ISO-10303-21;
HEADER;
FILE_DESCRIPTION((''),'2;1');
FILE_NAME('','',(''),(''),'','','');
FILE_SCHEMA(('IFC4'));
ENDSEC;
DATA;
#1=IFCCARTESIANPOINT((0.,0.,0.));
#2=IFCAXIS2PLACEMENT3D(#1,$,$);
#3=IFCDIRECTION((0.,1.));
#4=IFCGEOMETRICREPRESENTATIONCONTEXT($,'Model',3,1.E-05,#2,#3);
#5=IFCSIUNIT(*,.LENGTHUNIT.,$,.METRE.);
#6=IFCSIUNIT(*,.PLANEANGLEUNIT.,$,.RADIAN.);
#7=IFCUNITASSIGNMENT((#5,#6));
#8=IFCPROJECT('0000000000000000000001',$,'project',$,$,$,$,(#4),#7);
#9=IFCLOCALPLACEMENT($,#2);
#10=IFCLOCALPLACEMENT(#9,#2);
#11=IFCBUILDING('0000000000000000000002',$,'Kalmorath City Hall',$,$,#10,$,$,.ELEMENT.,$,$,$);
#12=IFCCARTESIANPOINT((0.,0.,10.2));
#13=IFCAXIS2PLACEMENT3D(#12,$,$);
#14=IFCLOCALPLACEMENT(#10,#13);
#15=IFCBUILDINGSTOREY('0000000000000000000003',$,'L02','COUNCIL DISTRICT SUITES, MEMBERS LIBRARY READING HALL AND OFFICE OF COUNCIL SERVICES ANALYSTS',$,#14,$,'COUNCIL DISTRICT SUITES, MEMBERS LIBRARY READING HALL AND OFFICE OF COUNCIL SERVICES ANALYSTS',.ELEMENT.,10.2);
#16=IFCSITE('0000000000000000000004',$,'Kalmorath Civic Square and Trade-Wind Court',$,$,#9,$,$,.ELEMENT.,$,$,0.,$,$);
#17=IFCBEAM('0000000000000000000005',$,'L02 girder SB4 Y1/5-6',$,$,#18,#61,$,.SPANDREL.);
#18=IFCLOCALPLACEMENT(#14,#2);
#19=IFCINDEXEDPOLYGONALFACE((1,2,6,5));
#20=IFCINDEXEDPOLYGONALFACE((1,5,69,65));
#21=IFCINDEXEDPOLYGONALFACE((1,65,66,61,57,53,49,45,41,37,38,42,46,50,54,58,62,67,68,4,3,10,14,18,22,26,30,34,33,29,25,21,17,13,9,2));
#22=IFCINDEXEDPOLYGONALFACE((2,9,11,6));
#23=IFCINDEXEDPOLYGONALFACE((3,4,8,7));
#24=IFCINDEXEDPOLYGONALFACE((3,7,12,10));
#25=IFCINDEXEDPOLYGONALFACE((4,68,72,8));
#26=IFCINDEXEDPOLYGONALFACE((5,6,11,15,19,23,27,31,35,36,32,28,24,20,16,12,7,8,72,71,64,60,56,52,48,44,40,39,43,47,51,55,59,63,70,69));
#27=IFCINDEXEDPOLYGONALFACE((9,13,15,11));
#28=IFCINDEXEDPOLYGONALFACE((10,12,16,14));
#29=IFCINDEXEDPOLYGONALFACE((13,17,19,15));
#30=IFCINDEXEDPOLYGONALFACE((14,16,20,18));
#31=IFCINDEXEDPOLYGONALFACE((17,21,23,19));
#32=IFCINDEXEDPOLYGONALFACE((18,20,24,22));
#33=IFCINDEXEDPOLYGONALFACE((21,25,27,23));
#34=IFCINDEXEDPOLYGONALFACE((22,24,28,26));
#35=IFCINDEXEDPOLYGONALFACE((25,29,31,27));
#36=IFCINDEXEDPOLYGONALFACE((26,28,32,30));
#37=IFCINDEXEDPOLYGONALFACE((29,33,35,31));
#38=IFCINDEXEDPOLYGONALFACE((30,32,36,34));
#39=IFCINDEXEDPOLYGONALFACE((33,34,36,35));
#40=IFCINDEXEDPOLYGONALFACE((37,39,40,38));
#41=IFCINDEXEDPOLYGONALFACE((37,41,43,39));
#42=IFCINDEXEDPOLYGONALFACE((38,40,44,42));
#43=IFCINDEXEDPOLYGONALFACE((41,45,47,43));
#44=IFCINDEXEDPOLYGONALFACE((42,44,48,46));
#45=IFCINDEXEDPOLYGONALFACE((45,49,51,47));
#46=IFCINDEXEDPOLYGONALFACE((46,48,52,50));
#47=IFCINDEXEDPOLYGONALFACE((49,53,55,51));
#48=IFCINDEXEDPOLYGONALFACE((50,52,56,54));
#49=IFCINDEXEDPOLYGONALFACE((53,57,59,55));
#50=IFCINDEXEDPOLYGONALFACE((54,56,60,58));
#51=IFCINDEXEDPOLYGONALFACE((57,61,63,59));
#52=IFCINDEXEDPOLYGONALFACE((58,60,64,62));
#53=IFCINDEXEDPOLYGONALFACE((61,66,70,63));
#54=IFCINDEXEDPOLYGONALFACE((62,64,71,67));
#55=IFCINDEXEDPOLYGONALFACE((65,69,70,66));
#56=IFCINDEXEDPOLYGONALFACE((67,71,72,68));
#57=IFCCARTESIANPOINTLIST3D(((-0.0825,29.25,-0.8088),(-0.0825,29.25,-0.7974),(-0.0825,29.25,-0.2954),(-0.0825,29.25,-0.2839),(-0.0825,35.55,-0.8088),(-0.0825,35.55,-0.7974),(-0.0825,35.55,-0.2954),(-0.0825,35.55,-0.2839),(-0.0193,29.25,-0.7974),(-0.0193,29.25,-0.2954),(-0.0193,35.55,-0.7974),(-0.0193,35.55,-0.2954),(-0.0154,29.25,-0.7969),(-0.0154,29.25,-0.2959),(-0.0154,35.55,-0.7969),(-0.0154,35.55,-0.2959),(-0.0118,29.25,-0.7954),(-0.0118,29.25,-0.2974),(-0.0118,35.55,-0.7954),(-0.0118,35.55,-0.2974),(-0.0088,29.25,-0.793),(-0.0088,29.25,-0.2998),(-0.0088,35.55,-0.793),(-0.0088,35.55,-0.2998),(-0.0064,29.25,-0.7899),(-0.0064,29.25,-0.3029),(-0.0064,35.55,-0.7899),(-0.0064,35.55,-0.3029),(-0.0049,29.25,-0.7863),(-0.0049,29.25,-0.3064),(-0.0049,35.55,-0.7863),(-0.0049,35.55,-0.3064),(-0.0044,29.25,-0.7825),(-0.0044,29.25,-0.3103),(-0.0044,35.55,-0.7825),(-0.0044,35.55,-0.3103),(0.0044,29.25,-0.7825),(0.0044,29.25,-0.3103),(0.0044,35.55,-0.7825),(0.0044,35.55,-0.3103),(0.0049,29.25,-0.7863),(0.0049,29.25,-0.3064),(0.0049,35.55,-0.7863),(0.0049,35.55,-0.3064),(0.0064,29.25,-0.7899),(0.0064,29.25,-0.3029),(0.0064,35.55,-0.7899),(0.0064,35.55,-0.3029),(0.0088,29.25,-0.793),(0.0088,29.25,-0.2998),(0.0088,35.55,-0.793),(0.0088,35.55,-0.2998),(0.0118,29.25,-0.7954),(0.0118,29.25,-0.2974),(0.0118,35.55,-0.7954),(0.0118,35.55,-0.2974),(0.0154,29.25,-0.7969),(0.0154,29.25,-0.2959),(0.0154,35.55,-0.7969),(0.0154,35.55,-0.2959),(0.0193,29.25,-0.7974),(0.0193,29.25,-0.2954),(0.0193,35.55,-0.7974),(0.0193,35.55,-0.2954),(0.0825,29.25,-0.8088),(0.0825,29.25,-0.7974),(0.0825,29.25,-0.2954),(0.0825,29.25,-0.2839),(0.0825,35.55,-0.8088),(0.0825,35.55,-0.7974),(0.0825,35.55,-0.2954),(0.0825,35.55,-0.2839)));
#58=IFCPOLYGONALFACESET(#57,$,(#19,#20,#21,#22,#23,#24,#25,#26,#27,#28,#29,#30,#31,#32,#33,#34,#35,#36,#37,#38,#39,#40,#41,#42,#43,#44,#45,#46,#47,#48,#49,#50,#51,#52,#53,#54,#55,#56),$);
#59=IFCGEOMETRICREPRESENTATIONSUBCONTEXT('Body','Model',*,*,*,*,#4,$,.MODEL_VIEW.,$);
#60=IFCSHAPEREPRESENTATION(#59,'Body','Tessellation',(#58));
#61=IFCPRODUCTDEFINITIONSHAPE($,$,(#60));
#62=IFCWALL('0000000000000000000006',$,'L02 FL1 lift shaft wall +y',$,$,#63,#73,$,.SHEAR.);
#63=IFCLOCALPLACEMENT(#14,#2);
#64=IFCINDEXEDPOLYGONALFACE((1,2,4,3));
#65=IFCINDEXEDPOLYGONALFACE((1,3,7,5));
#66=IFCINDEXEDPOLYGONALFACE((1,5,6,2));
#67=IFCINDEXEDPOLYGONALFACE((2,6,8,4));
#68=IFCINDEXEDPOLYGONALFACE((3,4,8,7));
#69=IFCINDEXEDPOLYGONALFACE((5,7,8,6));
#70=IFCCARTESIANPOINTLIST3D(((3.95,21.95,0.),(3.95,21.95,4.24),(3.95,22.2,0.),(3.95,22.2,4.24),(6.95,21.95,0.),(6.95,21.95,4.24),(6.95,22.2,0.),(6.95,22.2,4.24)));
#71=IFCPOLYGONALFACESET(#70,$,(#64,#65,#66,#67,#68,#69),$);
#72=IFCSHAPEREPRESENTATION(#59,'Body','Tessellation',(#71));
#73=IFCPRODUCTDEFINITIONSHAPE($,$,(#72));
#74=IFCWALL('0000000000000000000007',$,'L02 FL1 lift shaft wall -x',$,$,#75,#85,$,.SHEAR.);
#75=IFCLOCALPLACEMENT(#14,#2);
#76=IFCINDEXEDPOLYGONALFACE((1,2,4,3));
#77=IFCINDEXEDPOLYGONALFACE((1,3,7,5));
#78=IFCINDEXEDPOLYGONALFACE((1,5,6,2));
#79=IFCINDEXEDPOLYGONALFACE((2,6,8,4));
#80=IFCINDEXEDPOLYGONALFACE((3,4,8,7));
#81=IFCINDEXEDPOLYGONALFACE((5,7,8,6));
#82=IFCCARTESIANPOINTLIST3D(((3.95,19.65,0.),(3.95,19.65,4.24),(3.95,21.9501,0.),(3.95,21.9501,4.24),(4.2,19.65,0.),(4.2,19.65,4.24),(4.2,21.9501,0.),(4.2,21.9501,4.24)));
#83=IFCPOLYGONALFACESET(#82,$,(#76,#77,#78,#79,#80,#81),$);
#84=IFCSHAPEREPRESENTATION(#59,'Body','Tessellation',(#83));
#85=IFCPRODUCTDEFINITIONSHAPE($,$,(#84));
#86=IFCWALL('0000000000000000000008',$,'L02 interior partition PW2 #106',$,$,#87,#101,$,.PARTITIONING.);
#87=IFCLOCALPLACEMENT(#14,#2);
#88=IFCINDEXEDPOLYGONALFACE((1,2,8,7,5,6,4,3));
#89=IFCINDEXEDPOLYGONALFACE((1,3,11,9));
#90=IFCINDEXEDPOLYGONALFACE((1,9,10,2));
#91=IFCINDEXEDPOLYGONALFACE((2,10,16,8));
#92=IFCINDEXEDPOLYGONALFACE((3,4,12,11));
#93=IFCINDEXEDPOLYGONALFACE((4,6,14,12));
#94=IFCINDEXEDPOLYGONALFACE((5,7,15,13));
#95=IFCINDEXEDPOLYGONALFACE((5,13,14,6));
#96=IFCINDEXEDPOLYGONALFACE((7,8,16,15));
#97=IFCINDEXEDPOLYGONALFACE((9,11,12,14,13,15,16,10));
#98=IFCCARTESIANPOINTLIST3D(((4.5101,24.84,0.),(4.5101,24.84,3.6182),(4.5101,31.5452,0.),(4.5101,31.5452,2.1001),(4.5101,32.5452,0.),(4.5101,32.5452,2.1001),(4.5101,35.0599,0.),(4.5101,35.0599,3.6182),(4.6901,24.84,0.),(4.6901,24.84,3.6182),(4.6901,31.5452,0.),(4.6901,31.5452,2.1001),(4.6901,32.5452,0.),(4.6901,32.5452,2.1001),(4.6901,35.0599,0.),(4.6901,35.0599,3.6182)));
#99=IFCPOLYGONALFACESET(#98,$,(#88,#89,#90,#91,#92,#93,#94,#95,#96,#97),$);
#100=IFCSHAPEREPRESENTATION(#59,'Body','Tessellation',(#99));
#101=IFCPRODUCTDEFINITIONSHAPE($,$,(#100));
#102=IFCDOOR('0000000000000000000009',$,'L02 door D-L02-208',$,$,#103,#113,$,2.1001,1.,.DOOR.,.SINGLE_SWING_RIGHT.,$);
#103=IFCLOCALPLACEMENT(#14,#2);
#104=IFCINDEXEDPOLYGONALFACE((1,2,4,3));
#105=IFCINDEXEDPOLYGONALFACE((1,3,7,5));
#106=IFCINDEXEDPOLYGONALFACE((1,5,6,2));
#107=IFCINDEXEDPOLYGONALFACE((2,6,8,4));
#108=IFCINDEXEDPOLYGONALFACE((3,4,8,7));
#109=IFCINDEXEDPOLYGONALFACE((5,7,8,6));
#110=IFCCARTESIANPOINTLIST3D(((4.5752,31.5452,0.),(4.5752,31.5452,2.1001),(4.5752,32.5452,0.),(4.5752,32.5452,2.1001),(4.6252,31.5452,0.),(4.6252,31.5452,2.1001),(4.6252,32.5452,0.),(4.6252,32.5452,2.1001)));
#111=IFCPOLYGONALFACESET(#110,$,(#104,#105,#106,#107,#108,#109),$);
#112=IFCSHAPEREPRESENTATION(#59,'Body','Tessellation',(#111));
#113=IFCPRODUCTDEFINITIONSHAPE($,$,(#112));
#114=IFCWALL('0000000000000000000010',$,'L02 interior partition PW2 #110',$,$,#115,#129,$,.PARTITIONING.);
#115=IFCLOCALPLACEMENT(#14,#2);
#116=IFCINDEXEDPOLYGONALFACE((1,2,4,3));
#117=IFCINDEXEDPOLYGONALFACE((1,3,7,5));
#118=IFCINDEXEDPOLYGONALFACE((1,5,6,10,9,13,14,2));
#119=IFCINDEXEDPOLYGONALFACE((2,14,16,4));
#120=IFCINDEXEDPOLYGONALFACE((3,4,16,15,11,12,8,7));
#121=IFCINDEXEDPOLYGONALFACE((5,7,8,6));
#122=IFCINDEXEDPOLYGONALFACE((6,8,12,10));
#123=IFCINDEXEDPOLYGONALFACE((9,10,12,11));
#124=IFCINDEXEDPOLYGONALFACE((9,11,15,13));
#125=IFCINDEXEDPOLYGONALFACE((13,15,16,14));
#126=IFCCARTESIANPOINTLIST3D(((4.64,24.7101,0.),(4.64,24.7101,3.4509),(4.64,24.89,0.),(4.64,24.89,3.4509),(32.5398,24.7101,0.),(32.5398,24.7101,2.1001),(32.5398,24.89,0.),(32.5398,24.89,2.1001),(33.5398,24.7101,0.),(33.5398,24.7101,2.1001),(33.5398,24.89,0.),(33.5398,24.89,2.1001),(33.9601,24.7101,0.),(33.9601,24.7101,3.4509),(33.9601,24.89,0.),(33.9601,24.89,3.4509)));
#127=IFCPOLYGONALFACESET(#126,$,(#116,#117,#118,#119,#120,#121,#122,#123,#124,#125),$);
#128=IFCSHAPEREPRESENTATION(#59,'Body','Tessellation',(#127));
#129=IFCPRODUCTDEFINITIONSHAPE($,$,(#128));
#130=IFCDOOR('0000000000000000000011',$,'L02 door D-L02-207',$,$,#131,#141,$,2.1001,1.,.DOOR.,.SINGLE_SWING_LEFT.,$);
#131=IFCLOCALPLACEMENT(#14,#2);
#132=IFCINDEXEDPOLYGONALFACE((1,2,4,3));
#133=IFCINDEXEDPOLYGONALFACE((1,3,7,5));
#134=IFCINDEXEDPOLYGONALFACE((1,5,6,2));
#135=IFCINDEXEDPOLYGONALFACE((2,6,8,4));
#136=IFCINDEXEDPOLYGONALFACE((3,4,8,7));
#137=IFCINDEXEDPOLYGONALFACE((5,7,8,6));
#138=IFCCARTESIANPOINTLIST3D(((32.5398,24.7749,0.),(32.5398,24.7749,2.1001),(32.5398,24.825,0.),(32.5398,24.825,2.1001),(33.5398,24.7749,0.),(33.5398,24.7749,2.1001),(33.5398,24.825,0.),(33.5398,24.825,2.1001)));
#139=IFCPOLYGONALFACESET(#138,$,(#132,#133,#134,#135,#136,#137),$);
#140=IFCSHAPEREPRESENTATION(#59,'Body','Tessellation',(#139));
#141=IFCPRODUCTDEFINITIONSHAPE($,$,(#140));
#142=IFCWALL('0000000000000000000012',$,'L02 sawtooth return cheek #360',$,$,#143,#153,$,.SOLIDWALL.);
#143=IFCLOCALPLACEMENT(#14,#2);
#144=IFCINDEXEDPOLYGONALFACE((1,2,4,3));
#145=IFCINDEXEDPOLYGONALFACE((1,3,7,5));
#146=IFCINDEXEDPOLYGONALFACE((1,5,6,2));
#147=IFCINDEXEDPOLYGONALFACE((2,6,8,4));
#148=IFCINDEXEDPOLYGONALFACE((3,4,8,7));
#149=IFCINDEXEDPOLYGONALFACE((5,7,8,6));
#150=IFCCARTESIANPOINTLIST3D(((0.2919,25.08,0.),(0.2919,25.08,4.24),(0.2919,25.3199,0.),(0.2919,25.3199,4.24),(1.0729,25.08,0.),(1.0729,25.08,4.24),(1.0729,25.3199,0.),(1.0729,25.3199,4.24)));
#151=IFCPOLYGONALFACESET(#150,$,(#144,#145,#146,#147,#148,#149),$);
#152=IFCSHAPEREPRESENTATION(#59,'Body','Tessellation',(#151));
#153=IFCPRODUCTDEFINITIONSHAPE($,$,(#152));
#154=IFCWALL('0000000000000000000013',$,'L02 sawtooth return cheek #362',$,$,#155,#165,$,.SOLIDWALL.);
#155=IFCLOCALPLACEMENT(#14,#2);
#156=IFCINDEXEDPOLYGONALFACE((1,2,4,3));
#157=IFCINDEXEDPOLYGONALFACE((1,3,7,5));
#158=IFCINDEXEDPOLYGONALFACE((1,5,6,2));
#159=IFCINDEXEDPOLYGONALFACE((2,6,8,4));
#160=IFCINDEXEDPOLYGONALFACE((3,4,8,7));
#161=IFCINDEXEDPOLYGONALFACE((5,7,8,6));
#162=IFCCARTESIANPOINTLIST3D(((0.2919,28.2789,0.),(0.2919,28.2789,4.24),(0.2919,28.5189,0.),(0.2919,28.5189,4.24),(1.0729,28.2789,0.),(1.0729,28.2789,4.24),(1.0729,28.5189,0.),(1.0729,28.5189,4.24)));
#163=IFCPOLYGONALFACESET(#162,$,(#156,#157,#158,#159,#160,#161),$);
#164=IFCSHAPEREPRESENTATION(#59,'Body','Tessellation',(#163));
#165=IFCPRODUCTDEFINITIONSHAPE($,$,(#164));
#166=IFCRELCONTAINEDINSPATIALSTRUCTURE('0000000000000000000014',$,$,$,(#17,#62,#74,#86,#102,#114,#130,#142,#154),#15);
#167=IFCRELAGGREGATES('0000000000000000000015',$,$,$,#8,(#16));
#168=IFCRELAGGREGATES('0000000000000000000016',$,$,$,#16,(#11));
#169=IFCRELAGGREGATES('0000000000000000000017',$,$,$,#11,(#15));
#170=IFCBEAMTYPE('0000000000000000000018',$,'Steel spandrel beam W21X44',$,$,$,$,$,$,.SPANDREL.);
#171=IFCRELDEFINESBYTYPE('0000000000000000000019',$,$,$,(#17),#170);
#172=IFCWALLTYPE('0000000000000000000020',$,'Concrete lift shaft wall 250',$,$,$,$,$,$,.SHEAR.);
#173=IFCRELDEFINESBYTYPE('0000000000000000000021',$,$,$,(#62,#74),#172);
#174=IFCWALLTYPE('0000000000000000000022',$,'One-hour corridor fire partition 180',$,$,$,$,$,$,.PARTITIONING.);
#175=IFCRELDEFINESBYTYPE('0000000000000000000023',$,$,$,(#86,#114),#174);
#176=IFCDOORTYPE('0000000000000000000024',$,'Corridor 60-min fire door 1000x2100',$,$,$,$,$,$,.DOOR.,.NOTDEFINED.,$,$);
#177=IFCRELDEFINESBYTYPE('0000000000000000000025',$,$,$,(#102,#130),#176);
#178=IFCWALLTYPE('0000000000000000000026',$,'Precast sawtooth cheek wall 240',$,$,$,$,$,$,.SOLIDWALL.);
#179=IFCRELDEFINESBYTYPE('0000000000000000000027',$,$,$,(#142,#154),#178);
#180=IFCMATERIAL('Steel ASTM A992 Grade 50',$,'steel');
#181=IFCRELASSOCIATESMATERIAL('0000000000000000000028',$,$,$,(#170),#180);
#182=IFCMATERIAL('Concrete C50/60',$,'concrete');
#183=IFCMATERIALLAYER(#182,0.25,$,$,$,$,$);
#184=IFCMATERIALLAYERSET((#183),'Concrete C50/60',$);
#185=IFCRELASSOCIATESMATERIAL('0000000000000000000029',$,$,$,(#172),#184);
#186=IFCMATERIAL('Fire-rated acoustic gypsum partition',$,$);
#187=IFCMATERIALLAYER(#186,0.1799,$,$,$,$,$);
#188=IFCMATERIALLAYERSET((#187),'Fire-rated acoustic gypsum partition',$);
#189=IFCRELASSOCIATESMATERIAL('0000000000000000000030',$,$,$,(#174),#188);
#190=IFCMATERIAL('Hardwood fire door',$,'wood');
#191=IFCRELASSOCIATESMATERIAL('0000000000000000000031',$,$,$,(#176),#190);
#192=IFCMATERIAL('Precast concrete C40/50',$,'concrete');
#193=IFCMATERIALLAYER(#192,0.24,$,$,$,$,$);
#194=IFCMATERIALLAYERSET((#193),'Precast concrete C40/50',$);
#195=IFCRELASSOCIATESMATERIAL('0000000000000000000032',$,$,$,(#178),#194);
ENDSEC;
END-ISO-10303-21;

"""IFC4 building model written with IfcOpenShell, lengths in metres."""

from ifc_helpers import new_model, si_unit, direction, frame, frame_2d, origin, origin_2d, place, context, subcontext, project, spatial, rectangle, i_section, extrude, material, layer, layer_set, material_profile, profile_set, type_object, element, fill, save


model = new_model("IFC4")

# Units and contexts
model_context = context("Model", 3, precision=1e-05, world=origin(), true_north=direction((0.0, 1.0)))
body_context = subcontext(model_context, "Body", "Model", "MODEL_VIEW")
ifc_project = project(units=[si_unit("LENGTHUNIT", "METRE"), si_unit("PLANEANGLEUNIT", "RADIAN")], contexts=[model_context])

# Site, building, storey
site_placement = place(None, origin())
site = spatial("IfcSite", under=ifc_project, at=site_placement, Name="Kalmorath Civic Square and Trade-Wind Court", CompositionType="ELEMENT", RefElevation=0.0)
building_placement = place(site_placement, origin())
building = spatial("IfcBuilding", under=site, at=building_placement, Name="Kalmorath City Hall", CompositionType="ELEMENT")
storey_placement = place(building_placement, frame((0.0, 0.0, 10.2)))
storey = spatial("IfcBuildingStorey", under=building, at=storey_placement, Name="L02", Description="COUNCIL DISTRICT SUITES, MEMBERS LIBRARY READING HALL AND OFFICE OF COUNCIL SERVICES ANALYSTS", LongName="COUNCIL DISTRICT SUITES, MEMBERS LIBRARY READING HALL AND OFFICE OF COUNCIL SERVICES ANALYSTS", CompositionType="ELEMENT", Elevation=10.2)

# Beam
ifc_material_1 = material(Name="Steel ASTM A992 Grade 50", Category="steel")
ifc_material_profile_1 = material_profile(ifc_material_1, i_section(OverallWidth=0.165, OverallDepth=0.5249, WebThickness=0.0088, FlangeThickness=0.0115, FilletRadius=0.0149, at=origin_2d()), Name="W21X44")
ifc_profile_set_1 = profile_set([ifc_material_profile_1], Name="Steel ASTM A992 Grade 50")
beam_type_1 = type_object("IfcBeamType", Name="Steel spandrel beam W21X44", PredefinedType="SPANDREL", material=ifc_profile_set_1)
for number, where, z_axis, x_axis, name in (
    (1, (0.0, 29.25, -0.5464), (0.0, 1.0, 0.0), (-1.0, 0.0, 0.0), "L02 girder SB4 Y1/5-6"),
):
    element("IfcBeam", number, at=place(storey_placement, frame(where, z_axis=z_axis, x_axis=x_axis)), inside=storey, type_object=beam_type_1, Name=name, PredefinedType="SPANDREL", context=body_context, shape_type="SweptSolid", body=[
        extrude(i_section(OverallWidth=0.165, OverallDepth=0.5249, WebThickness=0.0088, FlangeThickness=0.0115, FilletRadius=0.0149, at=origin_2d()), origin(), (0.0, 0.0, 1.0), 6.3),
    ])

# Walls
ifc_material_2 = material(Name="Concrete C50/60", Category="concrete")
ifc_layer_1 = layer(ifc_material_2, 0.25)
ifc_layer_set_1 = layer_set([ifc_layer_1], Name="Concrete C50/60")
wall_type_1 = type_object("IfcWallType", Name="Concrete lift shaft wall 250", PredefinedType="SHEAR", material=ifc_layer_set_1)
wall_1_placement = place(storey_placement, frame((6.95, 22.075, 0.0), z_axis=(0.0, 0.0, 1.0), x_axis=(-1.0, 0.0, 0.0)))
element("IfcWall", 2, at=wall_1_placement, inside=storey, type_object=wall_type_1, Name="L02 FL1 lift shaft wall +y", PredefinedType="SHEAR", context=body_context, shape_type="SweptSolid", body=[
    extrude(rectangle(XDim=3.0, YDim=0.25, at=frame_2d((1.5, 0.0))), origin(), (0.0, 0.0, 1.0), 4.24),
])
wall_2_placement = place(storey_placement, frame((4.075, 21.95, 0.0), z_axis=(0.0, 0.0, 1.0), x_axis=(0.0, -1.0, 0.0)))
element("IfcWall", 3, at=wall_2_placement, inside=storey, type_object=wall_type_1, Name="L02 FL1 lift shaft wall -x", PredefinedType="SHEAR", context=body_context, shape_type="SweptSolid", body=[
    extrude(rectangle(XDim=2.3, YDim=0.25, at=frame_2d((1.1499, 0.0))), origin(), (0.0, 0.0, 1.0), 4.24),
])

# Walls, openings, doors
ifc_material_3 = material(Name="Fire-rated acoustic gypsum partition")
ifc_layer_2 = layer(ifc_material_3, 0.1799)
ifc_layer_set_2 = layer_set([ifc_layer_2], Name="Fire-rated acoustic gypsum partition")
wall_type_2 = type_object("IfcWallType", Name="One-hour corridor fire partition 180", PredefinedType="PARTITIONING", material=ifc_layer_set_2)
wall_3_placement = place(storey_placement, frame((4.6001, 24.8401, 0.0), z_axis=(0.0, 0.0, 1.0), x_axis=(0.0, 1.0, 0.0)))
wall_3 = element("IfcWall", 4, at=wall_3_placement, inside=storey, type_object=wall_type_2, Name="L02 interior partition PW2 #106", PredefinedType="PARTITIONING", context=body_context, shape_type="SweptSolid", body=[
    extrude(rectangle(XDim=10.22, YDim=0.1799, at=frame_2d((5.1099, 0.0))), origin(), (0.0, 0.0, 1.0), 3.6182),
])
opening_1_placement = place(wall_3_placement, frame((6.7051, 0.0, 0.0)))
opening_1 = element("IfcOpeningElement", 5, at=opening_1_placement, cuts=wall_3, PredefinedType="OPENING", context=body_context, shape_type="SweptSolid", body=[
    extrude(rectangle(XDim=1.0, YDim=2.1001, at=frame_2d((0.5, 1.05))), frame((0.0, 0.0999, 0.0), z_axis=(0.0, -1.0, 0.0), x_axis=(1.0, 0.0, 0.0)), (0.0, 0.0, 1.0), 0.2),
])
ifc_material_4 = material(Name="Hardwood fire door", Category="wood")
door_type = type_object("IfcDoorType", Name="Corridor 60-min fire door 1000x2100", OperationType="NOTDEFINED", PredefinedType="DOOR", material=ifc_material_4)
door_1_placement = place(opening_1_placement, origin())
door_1 = element("IfcDoor", 6, at=door_1_placement, inside=storey, type_object=door_type, Name="L02 door D-L02-208", OperationType="SINGLE_SWING_RIGHT", OverallHeight=2.1001, OverallWidth=1.0, PredefinedType="DOOR", context=body_context, shape_type="SweptSolid", body=[
    extrude(rectangle(XDim=1.0, YDim=2.1001, at=frame_2d((0.5, 1.05))), frame((0.0, 0.0249, 0.0), z_axis=(0.0, -1.0, 0.0), x_axis=(1.0, 0.0, 0.0)), (0.0, 0.0, 1.0), 0.05),
])
fill(opening_1, door_1)
wall_4_placement = place(storey_placement, frame((4.6399, 24.8, 0.0), z_axis=(0.0, 0.0, 1.0), x_axis=(1.0, 0.0, 0.0)))
wall_4 = element("IfcWall", 7, at=wall_4_placement, inside=storey, type_object=wall_type_2, Name="L02 interior partition PW2 #110", PredefinedType="PARTITIONING", context=body_context, shape_type="SweptSolid", body=[
    extrude(rectangle(XDim=29.3201, YDim=0.1799, at=frame_2d((14.6602, 0.0))), origin(), (0.0, 0.0, 1.0), 3.4509),
])
opening_2_placement = place(wall_4_placement, frame((27.8999, 0.0, 0.0)))
opening_2 = element("IfcOpeningElement", 8, at=opening_2_placement, cuts=wall_4, PredefinedType="OPENING", context=body_context, shape_type="SweptSolid", body=[
    extrude(rectangle(XDim=1.0, YDim=2.1001, at=frame_2d((0.5, 1.05))), frame((0.0, 0.0999, 0.0), z_axis=(0.0, -1.0, 0.0), x_axis=(1.0, 0.0, 0.0)), (0.0, 0.0, 1.0), 0.2),
])
door_2_placement = place(opening_2_placement, origin())
door_2 = element("IfcDoor", 9, at=door_2_placement, inside=storey, type_object=door_type, Name="L02 door D-L02-207", OperationType="SINGLE_SWING_LEFT", OverallHeight=2.1001, OverallWidth=1.0, PredefinedType="DOOR", context=body_context, shape_type="SweptSolid", body=[
    extrude(rectangle(XDim=1.0, YDim=2.1001, at=frame_2d((0.5, 1.05))), frame((0.0, 0.0249, 0.0), z_axis=(0.0, -1.0, 0.0), x_axis=(1.0, 0.0, 0.0)), (0.0, 0.0, 1.0), 0.05),
])
fill(opening_2, door_2)

# Walls
ifc_material_5 = material(Name="Precast concrete C40/50", Category="concrete")
ifc_layer_3 = layer(ifc_material_5, 0.24)
ifc_layer_set_3 = layer_set([ifc_layer_3], Name="Precast concrete C40/50")
wall_type_3 = type_object("IfcWallType", Name="Precast sawtooth cheek wall 240", PredefinedType="SOLIDWALL", material=ifc_layer_set_3)
for number, where, z_axis, x_axis, name in (
    (10, (1.073, 25.2, 0.0), (0.0, 0.0, 1.0), (-1.0, 0.0, 0.0), "L02 sawtooth return cheek #360"),
    (11, (1.073, 28.3989, 0.0), (0.0, 0.0, 1.0), (-1.0, 0.0, 0.0), "L02 sawtooth return cheek #362"),
):
    element("IfcWall", number, at=place(storey_placement, frame(where, z_axis=z_axis, x_axis=x_axis)), inside=storey, type_object=wall_type_3, Name=name, PredefinedType="SOLIDWALL", context=body_context, shape_type="SweptSolid", body=[
        extrude(rectangle(XDim=0.781, YDim=0.24, at=frame_2d((0.3906, 0.0))), origin(), (0.0, 0.0, 1.0), 4.24),
    ])

save(model, "model.ifc")
